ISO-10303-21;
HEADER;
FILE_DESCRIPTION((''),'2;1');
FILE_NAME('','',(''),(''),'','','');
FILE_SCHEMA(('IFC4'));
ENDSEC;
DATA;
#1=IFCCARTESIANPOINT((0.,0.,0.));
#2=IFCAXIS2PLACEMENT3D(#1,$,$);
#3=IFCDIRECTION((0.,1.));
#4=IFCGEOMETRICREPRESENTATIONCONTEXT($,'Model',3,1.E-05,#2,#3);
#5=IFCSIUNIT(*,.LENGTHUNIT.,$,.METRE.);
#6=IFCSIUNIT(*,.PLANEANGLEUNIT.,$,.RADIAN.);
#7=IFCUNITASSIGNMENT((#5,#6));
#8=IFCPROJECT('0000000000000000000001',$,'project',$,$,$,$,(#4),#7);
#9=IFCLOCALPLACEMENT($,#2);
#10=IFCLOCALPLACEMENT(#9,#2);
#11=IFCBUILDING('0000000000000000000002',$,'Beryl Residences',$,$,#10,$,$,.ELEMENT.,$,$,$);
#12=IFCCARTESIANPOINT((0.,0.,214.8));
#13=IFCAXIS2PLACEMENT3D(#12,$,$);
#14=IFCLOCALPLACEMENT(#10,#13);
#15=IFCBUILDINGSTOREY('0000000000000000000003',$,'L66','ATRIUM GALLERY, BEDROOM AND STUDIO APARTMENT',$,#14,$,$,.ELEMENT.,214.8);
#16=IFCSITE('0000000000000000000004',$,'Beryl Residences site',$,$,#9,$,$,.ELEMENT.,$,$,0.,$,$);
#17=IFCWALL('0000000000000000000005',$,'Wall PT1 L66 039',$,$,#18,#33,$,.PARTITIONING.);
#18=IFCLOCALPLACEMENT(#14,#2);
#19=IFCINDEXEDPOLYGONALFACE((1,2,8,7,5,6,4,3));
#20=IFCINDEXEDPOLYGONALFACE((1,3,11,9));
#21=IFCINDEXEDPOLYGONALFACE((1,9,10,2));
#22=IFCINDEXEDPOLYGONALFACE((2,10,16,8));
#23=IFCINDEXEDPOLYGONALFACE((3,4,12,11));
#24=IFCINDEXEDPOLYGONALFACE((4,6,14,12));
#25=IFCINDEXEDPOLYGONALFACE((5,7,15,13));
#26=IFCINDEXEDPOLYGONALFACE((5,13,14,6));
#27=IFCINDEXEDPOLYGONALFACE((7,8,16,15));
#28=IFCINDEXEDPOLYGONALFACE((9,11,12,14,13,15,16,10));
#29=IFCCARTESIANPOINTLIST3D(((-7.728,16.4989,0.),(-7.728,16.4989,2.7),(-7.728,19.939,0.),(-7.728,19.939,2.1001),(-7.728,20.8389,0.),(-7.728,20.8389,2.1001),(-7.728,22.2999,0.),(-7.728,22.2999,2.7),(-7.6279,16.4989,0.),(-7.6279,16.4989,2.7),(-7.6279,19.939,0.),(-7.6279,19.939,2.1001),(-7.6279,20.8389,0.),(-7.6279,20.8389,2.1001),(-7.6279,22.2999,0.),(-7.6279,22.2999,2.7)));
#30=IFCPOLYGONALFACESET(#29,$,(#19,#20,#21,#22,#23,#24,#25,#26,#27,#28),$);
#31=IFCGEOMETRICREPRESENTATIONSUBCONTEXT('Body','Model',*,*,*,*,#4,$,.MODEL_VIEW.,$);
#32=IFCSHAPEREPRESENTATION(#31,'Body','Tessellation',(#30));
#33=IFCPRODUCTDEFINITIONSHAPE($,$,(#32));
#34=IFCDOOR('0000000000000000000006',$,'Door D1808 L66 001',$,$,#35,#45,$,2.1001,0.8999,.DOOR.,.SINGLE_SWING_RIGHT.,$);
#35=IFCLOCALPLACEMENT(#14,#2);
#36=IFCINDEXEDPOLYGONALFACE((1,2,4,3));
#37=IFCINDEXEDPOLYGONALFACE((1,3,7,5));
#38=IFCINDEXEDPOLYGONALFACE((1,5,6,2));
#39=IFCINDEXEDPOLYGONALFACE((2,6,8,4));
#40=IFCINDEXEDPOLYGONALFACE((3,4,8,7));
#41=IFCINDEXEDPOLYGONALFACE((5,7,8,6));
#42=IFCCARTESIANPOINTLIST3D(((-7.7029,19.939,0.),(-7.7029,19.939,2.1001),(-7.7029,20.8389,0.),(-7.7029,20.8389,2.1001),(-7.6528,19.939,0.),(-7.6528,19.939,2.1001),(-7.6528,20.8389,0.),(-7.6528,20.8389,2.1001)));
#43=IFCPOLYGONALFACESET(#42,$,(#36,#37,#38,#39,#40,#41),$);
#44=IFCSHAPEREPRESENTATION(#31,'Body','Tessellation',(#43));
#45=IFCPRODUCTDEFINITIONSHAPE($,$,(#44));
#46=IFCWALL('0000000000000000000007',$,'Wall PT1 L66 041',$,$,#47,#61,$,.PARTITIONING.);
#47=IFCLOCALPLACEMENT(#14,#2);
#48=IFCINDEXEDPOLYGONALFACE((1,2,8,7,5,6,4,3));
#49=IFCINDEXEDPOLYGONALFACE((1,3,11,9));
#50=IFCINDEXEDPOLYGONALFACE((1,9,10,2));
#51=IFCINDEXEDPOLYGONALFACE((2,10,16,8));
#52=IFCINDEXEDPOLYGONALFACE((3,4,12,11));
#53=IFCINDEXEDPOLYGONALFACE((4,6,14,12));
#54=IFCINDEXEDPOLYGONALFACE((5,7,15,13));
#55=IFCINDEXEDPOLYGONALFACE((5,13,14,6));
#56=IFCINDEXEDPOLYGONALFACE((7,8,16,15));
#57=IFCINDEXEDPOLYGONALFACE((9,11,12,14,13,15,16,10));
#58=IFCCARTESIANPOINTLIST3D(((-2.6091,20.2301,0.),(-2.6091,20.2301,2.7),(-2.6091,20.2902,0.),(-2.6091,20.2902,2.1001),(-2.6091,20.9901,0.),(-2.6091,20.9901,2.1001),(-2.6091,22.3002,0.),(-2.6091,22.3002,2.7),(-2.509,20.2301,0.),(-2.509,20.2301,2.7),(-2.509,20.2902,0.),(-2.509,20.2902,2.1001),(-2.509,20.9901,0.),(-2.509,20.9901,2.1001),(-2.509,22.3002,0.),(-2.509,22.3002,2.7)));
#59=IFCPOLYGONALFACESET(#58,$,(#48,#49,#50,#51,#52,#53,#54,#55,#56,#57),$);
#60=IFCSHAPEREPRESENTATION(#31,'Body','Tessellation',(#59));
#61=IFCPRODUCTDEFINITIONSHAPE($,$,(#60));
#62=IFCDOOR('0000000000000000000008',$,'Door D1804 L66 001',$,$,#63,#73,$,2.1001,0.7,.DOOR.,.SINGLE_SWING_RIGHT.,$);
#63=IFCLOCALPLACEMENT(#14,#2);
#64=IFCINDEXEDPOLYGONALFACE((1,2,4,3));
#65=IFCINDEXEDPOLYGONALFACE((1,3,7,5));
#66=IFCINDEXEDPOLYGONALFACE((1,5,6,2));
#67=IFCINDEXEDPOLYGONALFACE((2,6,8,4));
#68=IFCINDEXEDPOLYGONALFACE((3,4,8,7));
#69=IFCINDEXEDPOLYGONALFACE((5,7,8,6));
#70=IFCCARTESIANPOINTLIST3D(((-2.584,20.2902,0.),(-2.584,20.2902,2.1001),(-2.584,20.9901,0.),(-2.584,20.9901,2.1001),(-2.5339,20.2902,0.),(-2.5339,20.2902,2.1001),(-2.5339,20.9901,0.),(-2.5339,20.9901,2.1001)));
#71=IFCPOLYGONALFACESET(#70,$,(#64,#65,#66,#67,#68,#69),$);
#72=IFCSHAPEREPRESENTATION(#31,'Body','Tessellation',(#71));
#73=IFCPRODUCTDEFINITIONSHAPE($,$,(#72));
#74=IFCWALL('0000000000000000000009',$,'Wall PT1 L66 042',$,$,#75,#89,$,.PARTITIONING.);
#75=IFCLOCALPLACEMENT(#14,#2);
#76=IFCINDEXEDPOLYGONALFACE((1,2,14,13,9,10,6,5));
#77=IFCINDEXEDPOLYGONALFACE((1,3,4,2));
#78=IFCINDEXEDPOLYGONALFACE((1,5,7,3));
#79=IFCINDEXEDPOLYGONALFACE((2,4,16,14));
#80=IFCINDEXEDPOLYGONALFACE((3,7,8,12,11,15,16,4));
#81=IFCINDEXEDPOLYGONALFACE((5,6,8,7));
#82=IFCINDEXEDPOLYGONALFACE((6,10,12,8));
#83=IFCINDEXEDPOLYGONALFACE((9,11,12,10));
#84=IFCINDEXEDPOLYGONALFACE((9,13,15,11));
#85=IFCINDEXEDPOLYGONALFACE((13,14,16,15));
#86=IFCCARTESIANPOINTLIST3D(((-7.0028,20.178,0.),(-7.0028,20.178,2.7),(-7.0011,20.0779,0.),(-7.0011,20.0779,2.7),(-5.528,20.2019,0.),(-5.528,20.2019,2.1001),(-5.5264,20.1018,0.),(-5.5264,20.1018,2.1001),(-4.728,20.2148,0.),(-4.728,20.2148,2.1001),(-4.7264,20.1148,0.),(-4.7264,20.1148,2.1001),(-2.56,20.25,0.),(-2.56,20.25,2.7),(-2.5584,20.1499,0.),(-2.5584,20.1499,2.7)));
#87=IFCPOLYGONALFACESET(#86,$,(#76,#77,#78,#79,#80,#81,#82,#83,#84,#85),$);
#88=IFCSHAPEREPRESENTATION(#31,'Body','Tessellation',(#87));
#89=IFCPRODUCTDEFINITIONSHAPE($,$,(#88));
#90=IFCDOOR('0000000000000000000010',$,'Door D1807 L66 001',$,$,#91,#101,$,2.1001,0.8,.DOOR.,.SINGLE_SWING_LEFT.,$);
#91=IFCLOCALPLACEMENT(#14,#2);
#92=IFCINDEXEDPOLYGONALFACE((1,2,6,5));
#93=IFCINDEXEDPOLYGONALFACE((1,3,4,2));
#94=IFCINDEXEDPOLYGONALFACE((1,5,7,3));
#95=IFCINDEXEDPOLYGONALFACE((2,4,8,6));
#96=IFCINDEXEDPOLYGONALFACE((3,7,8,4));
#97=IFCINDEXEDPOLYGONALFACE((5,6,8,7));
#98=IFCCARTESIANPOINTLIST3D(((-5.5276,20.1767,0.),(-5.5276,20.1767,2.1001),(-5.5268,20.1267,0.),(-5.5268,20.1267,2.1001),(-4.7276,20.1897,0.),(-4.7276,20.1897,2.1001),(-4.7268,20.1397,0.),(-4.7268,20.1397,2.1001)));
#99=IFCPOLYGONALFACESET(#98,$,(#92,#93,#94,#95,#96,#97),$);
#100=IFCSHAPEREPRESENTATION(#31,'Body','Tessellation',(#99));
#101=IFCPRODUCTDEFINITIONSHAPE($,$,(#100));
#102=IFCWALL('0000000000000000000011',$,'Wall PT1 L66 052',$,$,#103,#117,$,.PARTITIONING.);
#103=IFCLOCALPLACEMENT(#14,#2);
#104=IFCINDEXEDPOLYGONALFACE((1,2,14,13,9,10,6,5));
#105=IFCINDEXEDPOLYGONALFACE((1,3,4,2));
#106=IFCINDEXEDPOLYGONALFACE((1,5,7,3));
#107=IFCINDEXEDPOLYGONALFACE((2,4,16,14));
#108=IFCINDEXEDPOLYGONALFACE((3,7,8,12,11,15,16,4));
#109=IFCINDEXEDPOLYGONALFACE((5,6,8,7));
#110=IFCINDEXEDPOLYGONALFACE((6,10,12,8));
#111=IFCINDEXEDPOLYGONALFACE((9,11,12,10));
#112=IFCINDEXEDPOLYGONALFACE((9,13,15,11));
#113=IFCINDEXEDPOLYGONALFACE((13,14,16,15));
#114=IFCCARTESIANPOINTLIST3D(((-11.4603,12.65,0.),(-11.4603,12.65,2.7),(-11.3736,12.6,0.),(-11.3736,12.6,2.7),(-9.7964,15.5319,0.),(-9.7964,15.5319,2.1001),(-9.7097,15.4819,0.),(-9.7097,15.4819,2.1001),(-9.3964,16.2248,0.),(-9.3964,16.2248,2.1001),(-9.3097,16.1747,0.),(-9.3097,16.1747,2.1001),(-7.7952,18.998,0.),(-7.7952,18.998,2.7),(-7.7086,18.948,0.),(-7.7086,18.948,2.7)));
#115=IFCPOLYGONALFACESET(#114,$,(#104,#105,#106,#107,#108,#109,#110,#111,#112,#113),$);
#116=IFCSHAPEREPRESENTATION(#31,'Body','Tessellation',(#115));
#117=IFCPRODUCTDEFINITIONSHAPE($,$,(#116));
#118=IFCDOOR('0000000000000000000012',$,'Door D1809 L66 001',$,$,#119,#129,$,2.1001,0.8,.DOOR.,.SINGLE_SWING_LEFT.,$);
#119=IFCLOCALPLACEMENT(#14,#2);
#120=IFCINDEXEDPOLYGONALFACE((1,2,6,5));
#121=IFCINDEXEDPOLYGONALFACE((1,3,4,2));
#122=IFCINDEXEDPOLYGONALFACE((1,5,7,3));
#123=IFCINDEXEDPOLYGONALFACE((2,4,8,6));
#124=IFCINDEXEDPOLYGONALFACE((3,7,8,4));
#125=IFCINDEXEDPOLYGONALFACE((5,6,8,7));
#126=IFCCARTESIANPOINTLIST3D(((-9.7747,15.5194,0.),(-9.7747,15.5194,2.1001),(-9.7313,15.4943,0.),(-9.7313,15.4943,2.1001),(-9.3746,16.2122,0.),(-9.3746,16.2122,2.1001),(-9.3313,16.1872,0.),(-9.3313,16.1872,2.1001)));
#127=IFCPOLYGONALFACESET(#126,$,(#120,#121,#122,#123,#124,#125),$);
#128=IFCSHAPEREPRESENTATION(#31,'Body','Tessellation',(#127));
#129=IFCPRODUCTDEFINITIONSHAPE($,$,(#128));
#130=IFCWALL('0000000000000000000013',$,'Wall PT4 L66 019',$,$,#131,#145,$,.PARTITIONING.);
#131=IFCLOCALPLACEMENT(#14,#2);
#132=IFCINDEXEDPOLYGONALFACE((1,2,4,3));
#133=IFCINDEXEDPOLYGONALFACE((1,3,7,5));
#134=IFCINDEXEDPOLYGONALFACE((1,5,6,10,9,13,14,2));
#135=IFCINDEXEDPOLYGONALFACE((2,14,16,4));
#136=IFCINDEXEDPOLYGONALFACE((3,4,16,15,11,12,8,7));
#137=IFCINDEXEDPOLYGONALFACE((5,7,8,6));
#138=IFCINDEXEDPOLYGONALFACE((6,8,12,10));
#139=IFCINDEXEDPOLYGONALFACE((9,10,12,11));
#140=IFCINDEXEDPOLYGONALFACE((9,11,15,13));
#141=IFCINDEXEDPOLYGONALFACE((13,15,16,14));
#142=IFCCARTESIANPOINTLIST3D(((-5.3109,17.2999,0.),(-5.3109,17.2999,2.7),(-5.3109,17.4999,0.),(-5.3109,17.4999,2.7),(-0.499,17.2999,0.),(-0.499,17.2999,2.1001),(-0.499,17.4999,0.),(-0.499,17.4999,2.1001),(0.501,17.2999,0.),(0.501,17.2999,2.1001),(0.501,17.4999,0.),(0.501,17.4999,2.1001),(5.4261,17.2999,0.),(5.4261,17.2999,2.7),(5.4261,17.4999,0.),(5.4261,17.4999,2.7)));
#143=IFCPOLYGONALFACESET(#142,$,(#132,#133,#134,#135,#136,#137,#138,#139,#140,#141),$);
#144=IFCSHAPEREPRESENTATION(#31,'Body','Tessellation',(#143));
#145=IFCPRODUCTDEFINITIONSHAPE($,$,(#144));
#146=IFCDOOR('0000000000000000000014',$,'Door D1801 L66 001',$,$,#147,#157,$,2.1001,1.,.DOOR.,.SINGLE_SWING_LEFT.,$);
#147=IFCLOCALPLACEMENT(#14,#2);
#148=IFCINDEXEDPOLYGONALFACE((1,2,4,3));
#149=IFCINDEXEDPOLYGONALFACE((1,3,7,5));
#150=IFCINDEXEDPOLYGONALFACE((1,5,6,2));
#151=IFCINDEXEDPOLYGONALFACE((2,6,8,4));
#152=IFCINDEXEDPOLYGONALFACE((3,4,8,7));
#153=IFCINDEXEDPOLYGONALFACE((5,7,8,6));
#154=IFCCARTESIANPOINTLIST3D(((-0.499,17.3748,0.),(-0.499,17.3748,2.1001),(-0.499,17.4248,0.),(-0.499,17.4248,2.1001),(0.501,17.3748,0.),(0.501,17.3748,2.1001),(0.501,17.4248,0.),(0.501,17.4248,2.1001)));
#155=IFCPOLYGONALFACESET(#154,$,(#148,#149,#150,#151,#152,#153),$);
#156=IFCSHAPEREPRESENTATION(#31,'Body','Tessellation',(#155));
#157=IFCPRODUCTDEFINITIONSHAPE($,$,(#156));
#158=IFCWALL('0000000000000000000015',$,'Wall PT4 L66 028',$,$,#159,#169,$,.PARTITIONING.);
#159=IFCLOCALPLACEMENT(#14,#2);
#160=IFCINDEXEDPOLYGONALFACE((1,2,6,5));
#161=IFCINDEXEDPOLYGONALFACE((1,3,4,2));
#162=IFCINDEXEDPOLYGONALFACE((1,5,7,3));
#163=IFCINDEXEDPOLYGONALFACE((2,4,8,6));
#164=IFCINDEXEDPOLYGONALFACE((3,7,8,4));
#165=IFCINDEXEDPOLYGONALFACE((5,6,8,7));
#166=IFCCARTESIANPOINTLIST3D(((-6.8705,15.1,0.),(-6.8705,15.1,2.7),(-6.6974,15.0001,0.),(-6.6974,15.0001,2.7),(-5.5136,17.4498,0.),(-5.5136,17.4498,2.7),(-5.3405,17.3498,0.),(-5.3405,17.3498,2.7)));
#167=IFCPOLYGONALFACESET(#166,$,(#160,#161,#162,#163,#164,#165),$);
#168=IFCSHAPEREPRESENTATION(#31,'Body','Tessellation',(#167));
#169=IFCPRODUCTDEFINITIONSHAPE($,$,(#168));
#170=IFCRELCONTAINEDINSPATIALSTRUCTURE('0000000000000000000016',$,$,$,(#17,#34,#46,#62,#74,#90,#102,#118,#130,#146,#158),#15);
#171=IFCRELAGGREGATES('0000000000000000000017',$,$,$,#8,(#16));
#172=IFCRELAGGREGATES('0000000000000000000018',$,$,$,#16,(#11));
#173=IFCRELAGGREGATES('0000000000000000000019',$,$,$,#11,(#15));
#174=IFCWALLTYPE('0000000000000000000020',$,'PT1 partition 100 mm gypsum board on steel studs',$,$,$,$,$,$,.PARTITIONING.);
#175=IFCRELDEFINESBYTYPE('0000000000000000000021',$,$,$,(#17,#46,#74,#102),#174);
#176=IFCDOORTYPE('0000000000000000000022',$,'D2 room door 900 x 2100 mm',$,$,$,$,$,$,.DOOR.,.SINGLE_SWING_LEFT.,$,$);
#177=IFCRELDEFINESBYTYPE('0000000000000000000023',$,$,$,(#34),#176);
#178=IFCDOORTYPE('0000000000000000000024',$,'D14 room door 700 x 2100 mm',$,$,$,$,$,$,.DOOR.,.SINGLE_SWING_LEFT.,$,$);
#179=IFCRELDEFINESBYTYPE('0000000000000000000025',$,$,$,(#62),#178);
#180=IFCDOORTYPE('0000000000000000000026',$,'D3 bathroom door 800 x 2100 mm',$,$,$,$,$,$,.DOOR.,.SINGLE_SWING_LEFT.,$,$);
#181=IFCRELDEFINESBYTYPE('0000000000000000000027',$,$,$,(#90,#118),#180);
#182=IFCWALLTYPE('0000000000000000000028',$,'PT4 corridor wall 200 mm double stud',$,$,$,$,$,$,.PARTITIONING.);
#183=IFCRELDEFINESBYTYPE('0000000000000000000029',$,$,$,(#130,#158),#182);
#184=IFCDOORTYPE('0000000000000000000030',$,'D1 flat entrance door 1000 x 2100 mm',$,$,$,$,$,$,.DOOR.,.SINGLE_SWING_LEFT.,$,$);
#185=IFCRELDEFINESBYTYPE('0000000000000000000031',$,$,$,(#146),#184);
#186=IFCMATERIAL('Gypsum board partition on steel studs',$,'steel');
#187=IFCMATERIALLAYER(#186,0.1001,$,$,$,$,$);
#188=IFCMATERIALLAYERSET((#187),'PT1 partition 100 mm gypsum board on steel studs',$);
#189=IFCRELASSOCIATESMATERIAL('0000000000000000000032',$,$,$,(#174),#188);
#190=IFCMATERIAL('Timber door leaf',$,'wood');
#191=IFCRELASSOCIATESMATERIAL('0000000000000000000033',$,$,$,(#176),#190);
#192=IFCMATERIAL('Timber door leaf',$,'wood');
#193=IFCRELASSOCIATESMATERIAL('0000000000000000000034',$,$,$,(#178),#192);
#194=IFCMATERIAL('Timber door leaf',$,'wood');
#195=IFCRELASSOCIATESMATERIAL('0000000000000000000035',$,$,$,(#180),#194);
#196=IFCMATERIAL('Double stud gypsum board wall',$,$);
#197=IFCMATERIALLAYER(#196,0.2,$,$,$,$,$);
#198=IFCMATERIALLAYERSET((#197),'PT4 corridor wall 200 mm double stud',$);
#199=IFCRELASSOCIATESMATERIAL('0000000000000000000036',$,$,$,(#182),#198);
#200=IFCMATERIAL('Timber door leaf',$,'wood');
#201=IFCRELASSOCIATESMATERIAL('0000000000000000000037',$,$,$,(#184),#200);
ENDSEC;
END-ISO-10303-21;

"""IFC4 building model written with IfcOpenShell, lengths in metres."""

from ifc_helpers import new_model, si_unit, direction, frame, frame_2d, origin, place, context, subcontext, project, spatial, rectangle, extrude, material, layer, layer_set, type_object, element, fill, save


model = new_model("IFC4")

# Units and contexts
model_context = context("Model", 3, precision=1e-05, world=origin(), true_north=direction((0.0, 1.0)))
body_context = subcontext(model_context, "Body", "Model", "MODEL_VIEW")
ifc_project = project(units=[si_unit("LENGTHUNIT", "METRE"), si_unit("PLANEANGLEUNIT", "RADIAN")], contexts=[model_context])

# Site, building, storey
site_placement = place(None, origin())
site = spatial("IfcSite", under=ifc_project, at=site_placement, Name="Beryl Residences site", CompositionType="ELEMENT", RefElevation=0.0)
building_placement = place(site_placement, origin())
building = spatial("IfcBuilding", under=site, at=building_placement, Name="Beryl Residences", CompositionType="ELEMENT")
storey_placement = place(building_placement, frame((0.0, 0.0, 214.8)))
storey = spatial("IfcBuildingStorey", under=building, at=storey_placement, Name="L66", Description="ATRIUM GALLERY, BEDROOM AND STUDIO APARTMENT", CompositionType="ELEMENT", Elevation=214.8)

# Shared definitions
ifc_material_1 = material(Name="Gypsum board partition on steel studs", Category="steel")
ifc_layer_1 = layer(ifc_material_1, 0.1001)
ifc_layer_set_1 = layer_set([ifc_layer_1], Name="PT1 partition 100 mm gypsum board on steel studs")
wall_type_1 = type_object("IfcWallType", Name="PT1 partition 100 mm gypsum board on steel studs", PredefinedType="PARTITIONING", material=ifc_layer_set_1)

# Walls, openings, doors
wall_1_placement = place(storey_placement, frame((-7.678, 16.499, 0.0), z_axis=(0.0, 0.0, 1.0), x_axis=(0.0, 1.0, 0.0)))
wall_1 = element("IfcWall", 1, at=wall_1_placement, inside=storey, type_object=wall_type_1, Name="Wall PT1 L66 039", PredefinedType="PARTITIONING", context=body_context, shape_type="SweptSolid", body=[
    extrude(rectangle(XDim=5.801, YDim=0.1001, at=frame_2d((2.9004, 0.0))), origin(), (0.0, 0.0, 1.0), 2.7),
])
opening_1_placement = place(wall_1_placement, frame((3.4399, 0.0, 0.0)))
opening_1 = element("IfcOpeningElement", 2, at=opening_1_placement, cuts=wall_1, PredefinedType="OPENING", context=body_context, shape_type="SweptSolid", body=[
    extrude(rectangle(XDim=0.8999, YDim=2.1001, at=frame_2d((0.45, 1.05))), frame((0.0, 0.0601, 0.0), z_axis=(0.0, -1.0, 0.0), x_axis=(1.0, 0.0, 0.0)), (0.0, 0.0, 1.0), 0.1201),
])
ifc_material_2 = material(Name="Timber door leaf", Category="wood")
door_type_1 = type_object("IfcDoorType", Name="D2 room door 900 x 2100 mm", OperationType="SINGLE_SWING_LEFT", PredefinedType="DOOR", material=ifc_material_2)
door_1_placement = place(opening_1_placement, origin())
door_1 = element("IfcDoor", 3, at=door_1_placement, inside=storey, type_object=door_type_1, Name="Door D1808 L66 001", OperationType="SINGLE_SWING_RIGHT", OverallHeight=2.1001, OverallWidth=0.8999, PredefinedType="DOOR", context=body_context, shape_type="SweptSolid", body=[
    extrude(rectangle(XDim=0.8999, YDim=2.1001, at=frame_2d((0.45, 1.05))), frame((0.0, 0.0249, 0.0), z_axis=(0.0, -1.0, 0.0), x_axis=(1.0, 0.0, 0.0)), (0.0, 0.0, 1.0), 0.05),
])
fill(opening_1, door_1)
wall_2_placement = place(storey_placement, frame((-2.5591, 20.23, 0.0), z_axis=(0.0, 0.0, 1.0), x_axis=(0.0, 1.0, 0.0)))
wall_2 = element("IfcWall", 4, at=wall_2_placement, inside=storey, type_object=wall_type_1, Name="Wall PT1 L66 041", PredefinedType="PARTITIONING", context=body_context, shape_type="SweptSolid", body=[
    extrude(rectangle(XDim=2.0701, YDim=0.1001, at=frame_2d((1.0352, 0.0))), origin(), (0.0, 0.0, 1.0), 2.7),
])
opening_2_placement = place(wall_2_placement, frame((0.0601, 0.0, 0.0)))
opening_2 = element("IfcOpeningElement", 5, at=opening_2_placement, cuts=wall_2, PredefinedType="OPENING", context=body_context, shape_type="SweptSolid", body=[
    extrude(rectangle(XDim=0.7, YDim=2.1001, at=frame_2d((0.3501, 1.05))), frame((0.0, 0.0601, 0.0), z_axis=(0.0, -1.0, 0.0), x_axis=(1.0, 0.0, 0.0)), (0.0, 0.0, 1.0), 0.1201),
])
ifc_material_3 = material(Name="Timber door leaf", Category="wood")
door_type_2 = type_object("IfcDoorType", Name="D14 room door 700 x 2100 mm", OperationType="SINGLE_SWING_LEFT", PredefinedType="DOOR", material=ifc_material_3)
door_2_placement = place(opening_2_placement, origin())
door_2 = element("IfcDoor", 6, at=door_2_placement, inside=storey, type_object=door_type_2, Name="Door D1804 L66 001", OperationType="SINGLE_SWING_RIGHT", OverallHeight=2.1001, OverallWidth=0.7, PredefinedType="DOOR", context=body_context, shape_type="SweptSolid", body=[
    extrude(rectangle(XDim=0.7, YDim=2.1001, at=frame_2d((0.3501, 1.05))), frame((0.0, 0.0249, 0.0), z_axis=(0.0, -1.0, 0.0), x_axis=(1.0, 0.0, 0.0)), (0.0, 0.0, 1.0), 0.05),
])
fill(opening_2, door_2)
wall_3_placement = place(storey_placement, frame((-7.002, 20.1279, 0.0), z_axis=(0.0, 0.0, 1.0), x_axis=(0.999869, 0.016208, 0.0)))
wall_3 = element("IfcWall", 7, at=wall_3_placement, inside=storey, type_object=wall_type_1, Name="Wall PT1 L66 042", PredefinedType="PARTITIONING", context=body_context, shape_type="SweptSolid", body=[
    extrude(rectangle(XDim=4.4434, YDim=0.1001, at=frame_2d((2.2217, 0.0))), origin(), (0.0, 0.0, 1.0), 2.7),
])
opening_3_placement = place(wall_3_placement, frame((1.4751, 0.0, 0.0)))
opening_3 = element("IfcOpeningElement", 8, at=opening_3_placement, cuts=wall_3, PredefinedType="OPENING", context=body_context, shape_type="SweptSolid", body=[
    extrude(rectangle(XDim=0.8, YDim=2.1001, at=frame_2d((0.3999, 1.05))), frame((0.0, 0.0601, 0.0), z_axis=(0.0, -1.0, 0.0), x_axis=(1.0, 0.0, 0.0)), (0.0, 0.0, 1.0), 0.1201),
])
ifc_material_4 = material(Name="Timber door leaf", Category="wood")
door_type_3 = type_object("IfcDoorType", Name="D3 bathroom door 800 x 2100 mm", OperationType="SINGLE_SWING_LEFT", PredefinedType="DOOR", material=ifc_material_4)
door_3_placement = place(opening_3_placement, origin())
door_3 = element("IfcDoor", 9, at=door_3_placement, inside=storey, type_object=door_type_3, Name="Door D1807 L66 001", OperationType="SINGLE_SWING_LEFT", OverallHeight=2.1001, OverallWidth=0.8, PredefinedType="DOOR", context=body_context, shape_type="SweptSolid", body=[
    extrude(rectangle(XDim=0.8, YDim=2.1001, at=frame_2d((0.3999, 1.05))), frame((0.0, 0.0249, 0.0), z_axis=(0.0, -1.0, 0.0), x_axis=(1.0, 0.0, 0.0)), (0.0, 0.0, 1.0), 0.05),
])
fill(opening_3, door_3)
wall_4_placement = place(storey_placement, frame((-11.417, 12.625, 0.0), z_axis=(0.0, 0.0, 1.0), x_axis=(0.500008, 0.866021, 0.0)))
wall_4 = element("IfcWall", 10, at=wall_4_placement, inside=storey, type_object=wall_type_1, Name="Wall PT1 L66 052", PredefinedType="PARTITIONING", context=body_context, shape_type="SweptSolid", body=[
    extrude(rectangle(XDim=7.3301, YDim=0.1001, at=frame_2d((3.665, 0.0))), origin(), (0.0, 0.0, 1.0), 2.7),
])
opening_4_placement = place(wall_4_placement, frame((3.3279, 0.0, 0.0)))
opening_4 = element("IfcOpeningElement", 11, at=opening_4_placement, cuts=wall_4, PredefinedType="OPENING", context=body_context, shape_type="SweptSolid", body=[
    extrude(rectangle(XDim=0.8, YDim=2.1001, at=frame_2d((0.3999, 1.05))), frame((0.0, 0.0601, 0.0), z_axis=(0.0, -1.0, 0.0), x_axis=(1.0, 0.0, 0.0)), (0.0, 0.0, 1.0), 0.1201),
])
door_4_placement = place(opening_4_placement, origin())
door_4 = element("IfcDoor", 12, at=door_4_placement, inside=storey, type_object=door_type_3, Name="Door D1809 L66 001", OperationType="SINGLE_SWING_LEFT", OverallHeight=2.1001, OverallWidth=0.8, PredefinedType="DOOR", context=body_context, shape_type="SweptSolid", body=[
    extrude(rectangle(XDim=0.8, YDim=2.1001, at=frame_2d((0.3999, 1.05))), frame((0.0, 0.0249, 0.0), z_axis=(0.0, -1.0, 0.0), x_axis=(1.0, 0.0, 0.0)), (0.0, 0.0, 1.0), 0.05),
])
fill(opening_4, door_4)
ifc_material_5 = material(Name="Double stud gypsum board wall")
ifc_layer_2 = layer(ifc_material_5, 0.2)
ifc_layer_set_2 = layer_set([ifc_layer_2], Name="PT4 corridor wall 200 mm double stud")
wall_type_2 = type_object("IfcWallType", Name="PT4 corridor wall 200 mm double stud", PredefinedType="PARTITIONING", material=ifc_layer_set_2)
wall_5_placement = place(storey_placement, frame((-5.311, 17.3999, 0.0), z_axis=(0.0, 0.0, 1.0), x_axis=(1.0, 0.0, 0.0)))
wall_5 = element("IfcWall", 13, at=wall_5_placement, inside=storey, type_object=wall_type_2, Name="Wall PT4 L66 019", PredefinedType="PARTITIONING", context=body_context, shape_type="SweptSolid", body=[
    extrude(rectangle(XDim=10.7371, YDim=0.2, at=frame_2d((5.3687, 0.0))), origin(), (0.0, 0.0, 1.0), 2.7),
])
opening_5_placement = place(wall_5_placement, frame((4.812, 0.0, 0.0)))
opening_5 = element("IfcOpeningElement", 14, at=opening_5_placement, cuts=wall_5, PredefinedType="OPENING", context=body_context, shape_type="SweptSolid", body=[
    extrude(rectangle(XDim=1.0, YDim=2.1001, at=frame_2d((0.5, 1.05))), frame((0.0, 0.1099, 0.0), z_axis=(0.0, -1.0, 0.0), x_axis=(1.0, 0.0, 0.0)), (0.0, 0.0, 1.0), 0.22),
])
ifc_material_6 = material(Name="Timber door leaf", Category="wood")
door_type_4 = type_object("IfcDoorType", Name="D1 flat entrance door 1000 x 2100 mm", OperationType="SINGLE_SWING_LEFT", PredefinedType="DOOR", material=ifc_material_6)
door_5_placement = place(opening_5_placement, origin())
door_5 = element("IfcDoor", 15, at=door_5_placement, inside=storey, type_object=door_type_4, Name="Door D1801 L66 001", OperationType="SINGLE_SWING_LEFT", OverallHeight=2.1001, OverallWidth=1.0, PredefinedType="DOOR", context=body_context, shape_type="SweptSolid", body=[
    extrude(rectangle(XDim=1.0, YDim=2.1001, at=frame_2d((0.5, 1.05))), frame((0.0, 0.0249, 0.0), z_axis=(0.0, -1.0, 0.0), x_axis=(1.0, 0.0, 0.0)), (0.0, 0.0, 1.0), 0.05),
])
fill(opening_5, door_5)

# Wall
wall_6_placement = place(storey_placement, frame((-6.7839, 15.05, 0.0), z_axis=(0.0, 0.0, 1.0), x_axis=(0.500068, 0.865986, 0.0)))
element("IfcWall", 16, at=wall_6_placement, inside=storey, type_object=wall_type_2, Name="Wall PT4 L66 028", PredefinedType="PARTITIONING", context=body_context, shape_type="SweptSolid", body=[
    extrude(rectangle(XDim=2.7134, YDim=0.2, at=frame_2d((1.3567, 0.0))), origin(), (0.0, 0.0, 1.0), 2.7),
])

save(model, "model.ifc")
